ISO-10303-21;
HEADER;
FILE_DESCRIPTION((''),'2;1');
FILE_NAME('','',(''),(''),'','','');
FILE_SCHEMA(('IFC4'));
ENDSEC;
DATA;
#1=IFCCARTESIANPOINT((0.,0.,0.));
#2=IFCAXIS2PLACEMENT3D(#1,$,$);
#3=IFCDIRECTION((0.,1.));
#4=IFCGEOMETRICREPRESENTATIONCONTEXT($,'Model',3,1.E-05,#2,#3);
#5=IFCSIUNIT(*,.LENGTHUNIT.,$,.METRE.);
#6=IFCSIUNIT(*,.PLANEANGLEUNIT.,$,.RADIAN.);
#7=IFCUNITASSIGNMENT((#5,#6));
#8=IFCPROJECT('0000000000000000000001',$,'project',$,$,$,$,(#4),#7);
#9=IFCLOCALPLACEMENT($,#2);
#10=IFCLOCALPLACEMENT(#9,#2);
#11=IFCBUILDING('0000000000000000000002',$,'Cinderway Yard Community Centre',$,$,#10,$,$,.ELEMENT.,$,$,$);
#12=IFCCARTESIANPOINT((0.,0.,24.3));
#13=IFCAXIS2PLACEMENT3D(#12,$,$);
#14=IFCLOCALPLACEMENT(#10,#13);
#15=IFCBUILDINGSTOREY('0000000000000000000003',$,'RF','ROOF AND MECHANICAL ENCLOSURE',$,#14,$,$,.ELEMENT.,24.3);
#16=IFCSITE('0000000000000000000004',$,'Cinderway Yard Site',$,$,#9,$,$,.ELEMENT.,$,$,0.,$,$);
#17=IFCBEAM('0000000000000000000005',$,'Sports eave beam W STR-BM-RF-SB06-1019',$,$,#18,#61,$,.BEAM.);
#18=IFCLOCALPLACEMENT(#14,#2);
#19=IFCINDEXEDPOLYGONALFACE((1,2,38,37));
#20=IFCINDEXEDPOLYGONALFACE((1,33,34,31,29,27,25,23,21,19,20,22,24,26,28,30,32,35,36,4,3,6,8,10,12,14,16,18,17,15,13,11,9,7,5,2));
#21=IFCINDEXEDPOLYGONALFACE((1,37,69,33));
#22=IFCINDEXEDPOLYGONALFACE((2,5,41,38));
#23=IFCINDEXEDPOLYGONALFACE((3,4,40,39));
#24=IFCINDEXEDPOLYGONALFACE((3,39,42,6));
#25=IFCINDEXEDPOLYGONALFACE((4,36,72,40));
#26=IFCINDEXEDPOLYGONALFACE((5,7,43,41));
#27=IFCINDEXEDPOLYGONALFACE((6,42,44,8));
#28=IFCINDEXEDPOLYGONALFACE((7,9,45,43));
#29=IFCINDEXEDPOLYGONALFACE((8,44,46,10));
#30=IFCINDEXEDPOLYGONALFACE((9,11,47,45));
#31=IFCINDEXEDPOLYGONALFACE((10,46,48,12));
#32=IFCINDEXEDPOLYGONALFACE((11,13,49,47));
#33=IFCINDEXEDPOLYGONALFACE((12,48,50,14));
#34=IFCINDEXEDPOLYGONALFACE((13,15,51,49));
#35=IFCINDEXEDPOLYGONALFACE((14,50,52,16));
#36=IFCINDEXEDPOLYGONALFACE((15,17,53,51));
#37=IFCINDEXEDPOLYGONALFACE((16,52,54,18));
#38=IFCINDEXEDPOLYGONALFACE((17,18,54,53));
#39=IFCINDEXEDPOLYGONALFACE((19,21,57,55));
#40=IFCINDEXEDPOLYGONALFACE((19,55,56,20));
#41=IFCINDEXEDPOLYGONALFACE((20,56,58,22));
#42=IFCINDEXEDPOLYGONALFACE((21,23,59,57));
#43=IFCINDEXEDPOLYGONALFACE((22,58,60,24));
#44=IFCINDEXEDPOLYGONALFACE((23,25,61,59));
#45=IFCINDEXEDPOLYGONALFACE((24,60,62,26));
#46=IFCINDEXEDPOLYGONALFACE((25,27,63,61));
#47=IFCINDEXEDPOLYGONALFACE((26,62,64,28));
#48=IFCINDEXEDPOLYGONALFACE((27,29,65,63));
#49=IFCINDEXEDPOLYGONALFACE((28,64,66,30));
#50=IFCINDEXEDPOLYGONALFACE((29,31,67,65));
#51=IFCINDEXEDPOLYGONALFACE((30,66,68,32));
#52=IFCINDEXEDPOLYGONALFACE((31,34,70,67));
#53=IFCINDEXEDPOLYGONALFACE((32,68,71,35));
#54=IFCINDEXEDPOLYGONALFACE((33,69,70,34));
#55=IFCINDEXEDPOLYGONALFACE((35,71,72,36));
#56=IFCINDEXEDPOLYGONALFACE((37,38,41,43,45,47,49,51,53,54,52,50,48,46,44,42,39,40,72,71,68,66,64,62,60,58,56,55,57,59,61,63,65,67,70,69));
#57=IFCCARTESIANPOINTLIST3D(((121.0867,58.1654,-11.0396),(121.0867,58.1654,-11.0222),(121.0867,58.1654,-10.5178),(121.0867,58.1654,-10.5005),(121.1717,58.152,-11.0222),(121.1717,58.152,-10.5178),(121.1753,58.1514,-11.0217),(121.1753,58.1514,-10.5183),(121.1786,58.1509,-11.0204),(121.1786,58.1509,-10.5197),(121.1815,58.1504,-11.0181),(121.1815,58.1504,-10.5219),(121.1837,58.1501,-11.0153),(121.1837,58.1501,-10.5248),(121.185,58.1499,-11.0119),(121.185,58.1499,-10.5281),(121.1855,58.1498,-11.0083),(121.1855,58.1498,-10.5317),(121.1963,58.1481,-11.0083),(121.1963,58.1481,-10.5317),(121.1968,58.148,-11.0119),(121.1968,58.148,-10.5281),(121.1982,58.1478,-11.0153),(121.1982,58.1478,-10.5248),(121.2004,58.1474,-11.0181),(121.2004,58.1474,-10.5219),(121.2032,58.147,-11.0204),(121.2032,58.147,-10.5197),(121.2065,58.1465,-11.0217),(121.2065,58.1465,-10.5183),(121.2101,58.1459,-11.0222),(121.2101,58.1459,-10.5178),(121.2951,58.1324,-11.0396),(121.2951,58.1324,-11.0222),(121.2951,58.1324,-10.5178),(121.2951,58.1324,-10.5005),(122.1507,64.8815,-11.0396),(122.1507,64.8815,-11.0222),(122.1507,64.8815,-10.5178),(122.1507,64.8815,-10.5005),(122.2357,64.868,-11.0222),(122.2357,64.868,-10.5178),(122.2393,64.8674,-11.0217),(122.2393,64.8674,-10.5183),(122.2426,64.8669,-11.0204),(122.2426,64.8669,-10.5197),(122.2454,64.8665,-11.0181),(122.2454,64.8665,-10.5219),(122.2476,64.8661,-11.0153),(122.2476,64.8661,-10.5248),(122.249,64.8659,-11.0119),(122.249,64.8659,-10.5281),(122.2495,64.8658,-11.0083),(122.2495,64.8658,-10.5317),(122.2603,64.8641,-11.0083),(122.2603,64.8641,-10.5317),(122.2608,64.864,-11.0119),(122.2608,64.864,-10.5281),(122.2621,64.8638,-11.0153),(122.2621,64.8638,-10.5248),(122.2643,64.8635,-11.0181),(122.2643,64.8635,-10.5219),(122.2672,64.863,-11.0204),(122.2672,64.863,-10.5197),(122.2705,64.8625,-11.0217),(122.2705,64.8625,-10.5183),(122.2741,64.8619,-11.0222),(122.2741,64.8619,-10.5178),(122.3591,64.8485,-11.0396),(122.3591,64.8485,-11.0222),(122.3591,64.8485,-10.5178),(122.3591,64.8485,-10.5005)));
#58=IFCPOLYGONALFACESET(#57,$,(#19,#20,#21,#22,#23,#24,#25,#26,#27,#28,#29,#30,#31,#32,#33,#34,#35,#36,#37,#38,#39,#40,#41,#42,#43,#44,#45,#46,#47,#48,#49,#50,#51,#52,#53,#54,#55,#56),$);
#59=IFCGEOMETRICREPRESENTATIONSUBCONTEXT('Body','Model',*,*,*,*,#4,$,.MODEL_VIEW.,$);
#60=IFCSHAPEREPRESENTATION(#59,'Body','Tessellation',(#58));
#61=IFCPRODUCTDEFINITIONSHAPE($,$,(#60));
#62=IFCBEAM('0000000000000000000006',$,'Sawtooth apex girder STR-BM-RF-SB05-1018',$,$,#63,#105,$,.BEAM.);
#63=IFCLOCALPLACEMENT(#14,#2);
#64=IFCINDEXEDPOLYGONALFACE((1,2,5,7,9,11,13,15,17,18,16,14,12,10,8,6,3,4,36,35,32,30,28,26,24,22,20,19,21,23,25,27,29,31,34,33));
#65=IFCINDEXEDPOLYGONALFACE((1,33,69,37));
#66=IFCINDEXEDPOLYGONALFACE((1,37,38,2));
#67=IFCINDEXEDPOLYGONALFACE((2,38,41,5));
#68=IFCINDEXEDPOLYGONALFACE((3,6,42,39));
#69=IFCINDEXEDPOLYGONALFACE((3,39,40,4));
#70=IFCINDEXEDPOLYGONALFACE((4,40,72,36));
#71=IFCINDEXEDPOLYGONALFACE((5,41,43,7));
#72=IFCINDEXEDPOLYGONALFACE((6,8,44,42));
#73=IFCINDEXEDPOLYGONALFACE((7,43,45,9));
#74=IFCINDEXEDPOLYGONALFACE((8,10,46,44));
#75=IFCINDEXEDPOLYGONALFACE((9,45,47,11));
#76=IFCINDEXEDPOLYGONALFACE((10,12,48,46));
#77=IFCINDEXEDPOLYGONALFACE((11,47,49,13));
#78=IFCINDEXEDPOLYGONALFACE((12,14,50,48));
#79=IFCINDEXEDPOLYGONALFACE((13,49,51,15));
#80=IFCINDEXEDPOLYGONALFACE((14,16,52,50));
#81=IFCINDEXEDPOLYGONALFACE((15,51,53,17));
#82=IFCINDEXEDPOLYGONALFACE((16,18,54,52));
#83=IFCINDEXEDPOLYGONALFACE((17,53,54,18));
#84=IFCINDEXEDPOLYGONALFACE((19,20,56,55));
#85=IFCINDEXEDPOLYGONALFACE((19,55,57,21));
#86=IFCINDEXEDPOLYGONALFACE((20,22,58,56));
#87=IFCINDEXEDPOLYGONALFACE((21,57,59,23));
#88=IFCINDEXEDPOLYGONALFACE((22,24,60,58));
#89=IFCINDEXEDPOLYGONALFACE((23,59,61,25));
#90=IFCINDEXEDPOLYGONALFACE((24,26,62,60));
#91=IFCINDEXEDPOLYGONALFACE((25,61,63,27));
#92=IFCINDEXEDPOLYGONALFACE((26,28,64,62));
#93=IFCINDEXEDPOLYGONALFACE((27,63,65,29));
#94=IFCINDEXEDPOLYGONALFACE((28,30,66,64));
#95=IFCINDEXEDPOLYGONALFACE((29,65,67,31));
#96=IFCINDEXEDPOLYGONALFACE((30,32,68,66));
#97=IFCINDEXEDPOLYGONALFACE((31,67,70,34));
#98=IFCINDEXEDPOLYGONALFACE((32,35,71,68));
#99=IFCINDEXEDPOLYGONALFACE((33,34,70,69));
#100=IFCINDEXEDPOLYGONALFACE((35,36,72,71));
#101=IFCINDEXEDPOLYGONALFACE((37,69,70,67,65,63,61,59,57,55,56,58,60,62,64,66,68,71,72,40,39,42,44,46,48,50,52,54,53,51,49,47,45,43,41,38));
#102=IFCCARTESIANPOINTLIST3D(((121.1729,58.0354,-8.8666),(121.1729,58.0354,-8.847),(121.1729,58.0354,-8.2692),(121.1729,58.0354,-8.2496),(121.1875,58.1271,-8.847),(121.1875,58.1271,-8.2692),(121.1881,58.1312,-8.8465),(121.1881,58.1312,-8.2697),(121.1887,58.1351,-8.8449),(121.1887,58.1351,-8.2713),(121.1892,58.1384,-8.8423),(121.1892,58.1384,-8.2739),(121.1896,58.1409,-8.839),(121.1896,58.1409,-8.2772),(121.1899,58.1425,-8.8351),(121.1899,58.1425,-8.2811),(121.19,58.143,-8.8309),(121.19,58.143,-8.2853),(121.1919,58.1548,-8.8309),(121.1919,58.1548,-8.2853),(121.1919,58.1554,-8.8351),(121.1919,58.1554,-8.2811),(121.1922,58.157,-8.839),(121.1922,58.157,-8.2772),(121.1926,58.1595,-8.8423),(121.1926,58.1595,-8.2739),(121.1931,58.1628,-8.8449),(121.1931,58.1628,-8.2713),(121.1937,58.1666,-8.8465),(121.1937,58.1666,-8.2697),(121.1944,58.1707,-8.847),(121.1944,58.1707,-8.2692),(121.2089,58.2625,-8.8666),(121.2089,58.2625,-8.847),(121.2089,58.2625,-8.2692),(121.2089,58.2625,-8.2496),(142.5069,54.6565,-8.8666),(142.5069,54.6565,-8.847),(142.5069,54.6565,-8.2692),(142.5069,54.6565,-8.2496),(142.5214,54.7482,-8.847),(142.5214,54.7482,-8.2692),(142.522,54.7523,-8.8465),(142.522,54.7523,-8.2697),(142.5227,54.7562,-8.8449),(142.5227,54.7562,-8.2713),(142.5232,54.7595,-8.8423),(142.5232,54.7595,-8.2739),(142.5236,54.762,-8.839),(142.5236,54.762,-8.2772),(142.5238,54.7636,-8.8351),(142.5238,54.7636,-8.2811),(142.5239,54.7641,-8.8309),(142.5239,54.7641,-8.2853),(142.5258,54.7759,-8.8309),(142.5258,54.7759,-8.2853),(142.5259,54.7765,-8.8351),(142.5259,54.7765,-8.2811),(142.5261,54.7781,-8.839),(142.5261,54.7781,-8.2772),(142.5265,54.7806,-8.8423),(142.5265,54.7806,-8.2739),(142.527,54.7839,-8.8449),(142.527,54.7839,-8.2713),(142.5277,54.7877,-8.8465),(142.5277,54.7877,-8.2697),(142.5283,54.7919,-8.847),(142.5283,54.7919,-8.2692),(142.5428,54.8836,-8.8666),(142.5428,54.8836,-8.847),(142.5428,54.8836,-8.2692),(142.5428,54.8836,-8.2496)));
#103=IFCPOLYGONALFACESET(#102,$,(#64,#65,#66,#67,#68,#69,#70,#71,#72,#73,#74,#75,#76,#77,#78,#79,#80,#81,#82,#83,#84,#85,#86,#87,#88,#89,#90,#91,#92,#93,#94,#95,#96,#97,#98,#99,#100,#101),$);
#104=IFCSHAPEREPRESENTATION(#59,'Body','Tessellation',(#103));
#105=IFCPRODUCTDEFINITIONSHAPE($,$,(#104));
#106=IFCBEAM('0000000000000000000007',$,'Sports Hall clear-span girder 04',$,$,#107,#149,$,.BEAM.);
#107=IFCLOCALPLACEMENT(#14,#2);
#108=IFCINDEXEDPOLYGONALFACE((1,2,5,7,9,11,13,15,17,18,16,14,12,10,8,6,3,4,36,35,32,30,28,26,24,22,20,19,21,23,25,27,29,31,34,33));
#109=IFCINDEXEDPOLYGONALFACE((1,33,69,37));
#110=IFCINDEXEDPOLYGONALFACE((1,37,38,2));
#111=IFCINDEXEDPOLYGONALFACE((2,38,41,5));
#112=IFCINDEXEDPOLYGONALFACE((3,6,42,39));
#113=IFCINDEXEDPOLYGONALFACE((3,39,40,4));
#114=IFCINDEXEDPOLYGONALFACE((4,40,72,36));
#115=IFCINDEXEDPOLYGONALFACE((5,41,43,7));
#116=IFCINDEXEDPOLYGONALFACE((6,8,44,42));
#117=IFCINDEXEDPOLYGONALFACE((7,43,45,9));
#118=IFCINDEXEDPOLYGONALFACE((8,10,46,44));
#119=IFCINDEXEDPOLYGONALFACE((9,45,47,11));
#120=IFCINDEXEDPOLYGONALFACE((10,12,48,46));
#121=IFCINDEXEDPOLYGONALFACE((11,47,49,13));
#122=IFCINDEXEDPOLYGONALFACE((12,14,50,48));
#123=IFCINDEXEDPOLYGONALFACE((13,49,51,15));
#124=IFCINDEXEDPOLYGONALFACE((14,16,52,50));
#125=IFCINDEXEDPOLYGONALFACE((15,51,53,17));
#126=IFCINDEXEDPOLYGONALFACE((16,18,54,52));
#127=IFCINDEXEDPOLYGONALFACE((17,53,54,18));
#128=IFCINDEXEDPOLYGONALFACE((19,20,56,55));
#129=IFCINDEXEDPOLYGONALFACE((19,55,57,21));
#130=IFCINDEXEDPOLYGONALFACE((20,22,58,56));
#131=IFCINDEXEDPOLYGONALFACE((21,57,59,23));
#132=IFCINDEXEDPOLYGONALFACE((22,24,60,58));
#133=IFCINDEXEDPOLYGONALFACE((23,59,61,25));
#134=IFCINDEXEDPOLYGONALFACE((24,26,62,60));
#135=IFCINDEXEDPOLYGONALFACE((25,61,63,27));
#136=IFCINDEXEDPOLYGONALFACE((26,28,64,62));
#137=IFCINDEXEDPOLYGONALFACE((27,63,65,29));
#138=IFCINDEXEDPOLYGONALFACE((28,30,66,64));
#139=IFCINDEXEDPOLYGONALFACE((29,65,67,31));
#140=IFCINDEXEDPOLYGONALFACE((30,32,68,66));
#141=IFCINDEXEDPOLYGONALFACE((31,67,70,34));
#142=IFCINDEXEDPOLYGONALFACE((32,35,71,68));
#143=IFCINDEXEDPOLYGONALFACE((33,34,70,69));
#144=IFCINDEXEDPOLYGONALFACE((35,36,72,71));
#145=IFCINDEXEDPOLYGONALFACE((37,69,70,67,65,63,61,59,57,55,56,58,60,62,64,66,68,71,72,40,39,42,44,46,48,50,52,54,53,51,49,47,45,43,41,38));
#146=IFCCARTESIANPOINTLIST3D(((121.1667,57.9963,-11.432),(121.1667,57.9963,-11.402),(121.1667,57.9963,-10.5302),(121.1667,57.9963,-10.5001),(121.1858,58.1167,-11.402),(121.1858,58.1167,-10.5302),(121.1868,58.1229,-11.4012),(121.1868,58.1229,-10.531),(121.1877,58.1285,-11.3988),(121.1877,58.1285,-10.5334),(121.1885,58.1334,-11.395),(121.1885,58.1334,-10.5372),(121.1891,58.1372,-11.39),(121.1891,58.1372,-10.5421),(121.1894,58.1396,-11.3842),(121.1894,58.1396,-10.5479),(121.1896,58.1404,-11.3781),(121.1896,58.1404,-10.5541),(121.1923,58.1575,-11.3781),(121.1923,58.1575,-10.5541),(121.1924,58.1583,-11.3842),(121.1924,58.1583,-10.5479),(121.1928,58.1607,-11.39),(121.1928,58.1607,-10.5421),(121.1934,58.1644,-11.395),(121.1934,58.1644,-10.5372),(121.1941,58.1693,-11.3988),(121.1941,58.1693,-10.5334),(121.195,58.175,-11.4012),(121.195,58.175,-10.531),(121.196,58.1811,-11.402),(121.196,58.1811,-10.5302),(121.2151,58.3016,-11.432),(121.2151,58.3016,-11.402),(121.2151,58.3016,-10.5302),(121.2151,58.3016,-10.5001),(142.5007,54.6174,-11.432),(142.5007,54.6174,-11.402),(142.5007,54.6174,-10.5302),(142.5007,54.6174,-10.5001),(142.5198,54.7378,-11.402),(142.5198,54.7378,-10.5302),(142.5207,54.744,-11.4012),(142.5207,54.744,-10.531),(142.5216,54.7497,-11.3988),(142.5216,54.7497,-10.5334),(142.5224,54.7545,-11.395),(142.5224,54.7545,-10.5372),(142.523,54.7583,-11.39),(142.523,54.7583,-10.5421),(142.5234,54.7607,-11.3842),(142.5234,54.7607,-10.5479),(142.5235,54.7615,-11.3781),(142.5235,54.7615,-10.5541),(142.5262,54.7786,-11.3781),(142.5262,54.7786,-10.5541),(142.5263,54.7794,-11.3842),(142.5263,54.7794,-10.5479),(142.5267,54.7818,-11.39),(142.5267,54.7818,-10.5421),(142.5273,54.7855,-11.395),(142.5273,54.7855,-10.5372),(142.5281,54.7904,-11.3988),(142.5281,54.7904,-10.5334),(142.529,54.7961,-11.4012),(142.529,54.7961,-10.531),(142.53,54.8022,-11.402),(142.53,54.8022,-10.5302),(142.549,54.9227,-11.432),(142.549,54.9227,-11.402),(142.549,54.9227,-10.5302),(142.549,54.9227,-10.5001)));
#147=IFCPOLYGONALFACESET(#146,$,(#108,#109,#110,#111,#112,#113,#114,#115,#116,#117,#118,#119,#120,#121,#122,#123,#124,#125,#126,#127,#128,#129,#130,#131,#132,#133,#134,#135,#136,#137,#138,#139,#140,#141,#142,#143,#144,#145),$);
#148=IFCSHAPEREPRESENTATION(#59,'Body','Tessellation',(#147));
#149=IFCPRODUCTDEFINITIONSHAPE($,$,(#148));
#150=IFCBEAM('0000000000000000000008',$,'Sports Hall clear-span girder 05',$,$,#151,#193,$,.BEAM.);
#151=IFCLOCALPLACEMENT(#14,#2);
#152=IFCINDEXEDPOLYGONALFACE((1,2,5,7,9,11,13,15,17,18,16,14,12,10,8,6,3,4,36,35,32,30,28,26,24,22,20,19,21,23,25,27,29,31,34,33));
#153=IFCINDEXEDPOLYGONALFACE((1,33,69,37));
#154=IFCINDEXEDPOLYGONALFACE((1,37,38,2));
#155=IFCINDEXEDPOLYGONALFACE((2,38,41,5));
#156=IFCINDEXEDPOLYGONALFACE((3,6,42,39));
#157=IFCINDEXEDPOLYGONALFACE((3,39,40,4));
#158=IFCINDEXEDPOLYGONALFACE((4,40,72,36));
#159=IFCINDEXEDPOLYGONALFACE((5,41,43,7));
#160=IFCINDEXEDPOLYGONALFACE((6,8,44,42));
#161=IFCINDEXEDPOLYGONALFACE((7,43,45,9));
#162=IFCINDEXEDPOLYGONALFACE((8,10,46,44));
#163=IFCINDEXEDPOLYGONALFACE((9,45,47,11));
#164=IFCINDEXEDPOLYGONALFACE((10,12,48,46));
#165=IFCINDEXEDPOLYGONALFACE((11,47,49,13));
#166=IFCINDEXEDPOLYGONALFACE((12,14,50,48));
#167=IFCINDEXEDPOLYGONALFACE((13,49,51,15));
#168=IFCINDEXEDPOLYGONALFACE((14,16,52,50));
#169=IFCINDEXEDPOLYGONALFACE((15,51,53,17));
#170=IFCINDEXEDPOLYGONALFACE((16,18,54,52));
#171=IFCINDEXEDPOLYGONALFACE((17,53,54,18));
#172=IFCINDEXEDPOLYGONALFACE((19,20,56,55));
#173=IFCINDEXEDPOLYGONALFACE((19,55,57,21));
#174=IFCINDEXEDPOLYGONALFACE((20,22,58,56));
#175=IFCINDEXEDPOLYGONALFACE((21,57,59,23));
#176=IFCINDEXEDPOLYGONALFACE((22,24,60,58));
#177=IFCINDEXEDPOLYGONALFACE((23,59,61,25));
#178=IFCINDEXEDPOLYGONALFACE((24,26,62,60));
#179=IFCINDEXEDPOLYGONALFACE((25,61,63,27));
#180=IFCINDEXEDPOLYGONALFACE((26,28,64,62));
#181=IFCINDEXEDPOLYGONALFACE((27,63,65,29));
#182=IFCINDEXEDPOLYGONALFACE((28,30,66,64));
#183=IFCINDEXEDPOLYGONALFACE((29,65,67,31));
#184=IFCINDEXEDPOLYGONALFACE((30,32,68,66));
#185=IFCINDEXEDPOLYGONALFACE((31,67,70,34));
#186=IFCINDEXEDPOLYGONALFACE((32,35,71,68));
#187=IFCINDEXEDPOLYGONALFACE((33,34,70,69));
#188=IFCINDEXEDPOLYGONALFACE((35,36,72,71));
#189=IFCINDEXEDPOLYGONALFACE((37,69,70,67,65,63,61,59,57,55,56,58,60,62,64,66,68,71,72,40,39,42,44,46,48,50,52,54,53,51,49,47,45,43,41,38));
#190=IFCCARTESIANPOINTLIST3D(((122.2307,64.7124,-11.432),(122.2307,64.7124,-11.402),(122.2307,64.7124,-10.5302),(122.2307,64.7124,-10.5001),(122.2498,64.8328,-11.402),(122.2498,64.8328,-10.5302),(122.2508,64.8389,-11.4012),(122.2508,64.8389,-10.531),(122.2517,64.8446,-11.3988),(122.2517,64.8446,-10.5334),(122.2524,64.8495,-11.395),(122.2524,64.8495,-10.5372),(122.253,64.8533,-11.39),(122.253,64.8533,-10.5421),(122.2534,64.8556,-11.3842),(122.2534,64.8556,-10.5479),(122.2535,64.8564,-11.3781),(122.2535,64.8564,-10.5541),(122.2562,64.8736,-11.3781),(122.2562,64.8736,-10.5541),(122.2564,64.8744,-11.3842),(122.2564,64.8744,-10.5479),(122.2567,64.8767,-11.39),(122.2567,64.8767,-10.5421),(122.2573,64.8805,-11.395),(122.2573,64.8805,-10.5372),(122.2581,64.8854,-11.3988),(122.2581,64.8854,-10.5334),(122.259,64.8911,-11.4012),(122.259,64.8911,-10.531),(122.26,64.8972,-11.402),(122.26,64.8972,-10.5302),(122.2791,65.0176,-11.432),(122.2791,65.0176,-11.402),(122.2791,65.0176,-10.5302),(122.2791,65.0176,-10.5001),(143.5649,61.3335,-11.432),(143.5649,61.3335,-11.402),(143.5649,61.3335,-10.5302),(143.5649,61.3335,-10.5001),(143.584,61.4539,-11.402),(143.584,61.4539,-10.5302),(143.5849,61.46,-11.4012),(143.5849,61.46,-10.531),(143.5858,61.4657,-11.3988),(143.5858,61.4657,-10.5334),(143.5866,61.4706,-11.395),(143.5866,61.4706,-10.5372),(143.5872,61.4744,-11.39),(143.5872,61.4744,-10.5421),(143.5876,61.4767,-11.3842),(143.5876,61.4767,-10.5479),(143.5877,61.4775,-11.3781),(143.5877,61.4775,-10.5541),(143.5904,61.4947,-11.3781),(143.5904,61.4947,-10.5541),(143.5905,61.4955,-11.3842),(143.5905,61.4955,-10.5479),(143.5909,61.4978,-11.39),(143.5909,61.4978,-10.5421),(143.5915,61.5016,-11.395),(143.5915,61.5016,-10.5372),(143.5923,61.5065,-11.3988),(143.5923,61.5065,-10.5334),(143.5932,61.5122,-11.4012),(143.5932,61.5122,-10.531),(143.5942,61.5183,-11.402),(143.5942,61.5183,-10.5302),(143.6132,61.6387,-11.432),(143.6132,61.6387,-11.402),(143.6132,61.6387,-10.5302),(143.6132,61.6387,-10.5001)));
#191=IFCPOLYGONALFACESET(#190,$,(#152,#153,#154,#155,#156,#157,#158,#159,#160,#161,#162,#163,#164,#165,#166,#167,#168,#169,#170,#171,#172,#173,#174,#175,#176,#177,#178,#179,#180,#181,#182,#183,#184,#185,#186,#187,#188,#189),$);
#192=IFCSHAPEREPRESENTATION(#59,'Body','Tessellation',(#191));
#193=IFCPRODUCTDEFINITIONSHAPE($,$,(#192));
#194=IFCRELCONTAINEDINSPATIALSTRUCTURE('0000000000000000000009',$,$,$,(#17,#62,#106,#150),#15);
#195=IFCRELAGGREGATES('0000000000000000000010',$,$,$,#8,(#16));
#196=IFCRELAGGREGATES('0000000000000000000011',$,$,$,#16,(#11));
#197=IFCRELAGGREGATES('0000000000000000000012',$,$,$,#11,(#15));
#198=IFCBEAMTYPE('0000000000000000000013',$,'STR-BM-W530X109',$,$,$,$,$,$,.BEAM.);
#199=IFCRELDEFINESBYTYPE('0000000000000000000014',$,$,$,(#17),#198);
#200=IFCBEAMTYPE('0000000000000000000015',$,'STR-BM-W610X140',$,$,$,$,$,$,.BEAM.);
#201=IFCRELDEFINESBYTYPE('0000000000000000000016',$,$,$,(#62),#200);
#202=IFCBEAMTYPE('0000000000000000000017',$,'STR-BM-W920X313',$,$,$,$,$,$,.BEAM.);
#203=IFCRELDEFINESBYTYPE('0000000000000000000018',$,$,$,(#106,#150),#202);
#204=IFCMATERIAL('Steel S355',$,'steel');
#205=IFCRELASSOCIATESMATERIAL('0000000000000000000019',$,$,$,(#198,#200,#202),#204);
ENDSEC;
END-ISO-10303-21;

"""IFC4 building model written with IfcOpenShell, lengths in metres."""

from ifc_helpers import new_model, si_unit, direction, frame, origin, origin_2d, place, context, subcontext, project, spatial, i_section, extrude, material, material_profile, profile_set, type_object, element, save


model = new_model("IFC4")

# Units and contexts
model_context = context("Model", 3, precision=1e-05, world=origin(), true_north=direction((0.0, 1.0)))
body_context = subcontext(model_context, "Body", "Model", "MODEL_VIEW")
ifc_project = project(units=[si_unit("LENGTHUNIT", "METRE"), si_unit("PLANEANGLEUNIT", "RADIAN")], contexts=[model_context])

# Site, building, storey
site_placement = place(None, origin())
site = spatial("IfcSite", under=ifc_project, at=site_placement, Name="Cinderway Yard Site", CompositionType="ELEMENT", RefElevation=0.0)
building_placement = place(site_placement, origin())
building = spatial("IfcBuilding", under=site, at=building_placement, Name="Cinderway Yard Community Centre", CompositionType="ELEMENT")
storey_placement = place(building_placement, frame((0.0, 0.0, 24.3)))
storey = spatial("IfcBuildingStorey", under=building, at=storey_placement, Name="RF", Description="ROOF AND MECHANICAL ENCLOSURE", CompositionType="ELEMENT", Elevation=24.3)

# Shared definitions
ifc_material_1 = material(Name="Steel S355", Category="steel")

# Beams
ifc_material_profile_1 = material_profile(ifc_material_1, i_section(OverallWidth=0.2109, OverallDepth=0.5391, WebThickness=0.011, FlangeThickness=0.0173, FilletRadius=0.0139, at=origin_2d()), Name="Steel S355")
ifc_profile_set_1 = profile_set([ifc_material_profile_1], Name="Steel S355")
beam_type_1 = type_object("IfcBeamType", Name="STR-BM-W530X109", PredefinedType="BEAM", material=ifc_profile_set_1)
beam_1_placement = place(storey_placement, frame((121.1909, 58.1489, -10.77), z_axis=(0.15647, 0.987683, 0.0), x_axis=(-0.987683, 0.15647, 0.0)))
element("IfcBeam", 1, at=beam_1_placement, inside=storey, type_object=beam_type_1, Name="Sports eave beam W STR-BM-RF-SB06-1019", PredefinedType="BEAM", context=body_context, shape_type="SweptSolid", body=[
    extrude(i_section(OverallWidth=0.2109, OverallDepth=0.5391, WebThickness=0.011, FlangeThickness=0.0173, FilletRadius=0.0139, at=origin_2d()), origin(), (0.0, 0.0, 1.0), 6.7998),
])
ifc_material_profile_2 = material_profile(ifc_material_1, i_section(OverallWidth=0.23, OverallDepth=0.6169, WebThickness=0.012, FlangeThickness=0.0195, FilletRadius=0.0161, at=origin_2d()), Name="Steel S355")
ifc_profile_set_2 = profile_set([ifc_material_profile_2], Name="Steel S355")
beam_type_2 = type_object("IfcBeamType", Name="STR-BM-W610X140", PredefinedType="BEAM", material=ifc_profile_set_2)
beam_2_placement = place(storey_placement, frame((121.1909, 58.1489, -8.5581), z_axis=(0.987689, -0.156432, 0.0), x_axis=(0.156432, 0.987689, 0.0)))
element("IfcBeam", 2, at=beam_2_placement, inside=storey, type_object=beam_type_2, Name="Sawtooth apex girder STR-BM-RF-SB05-1018", PredefinedType="BEAM", context=body_context, shape_type="SweptSolid", body=[
    extrude(i_section(OverallWidth=0.23, OverallDepth=0.6169, WebThickness=0.012, FlangeThickness=0.0195, FilletRadius=0.0161, at=origin_2d()), origin(), (0.0, 0.0, 1.0), 21.5999),
])
ifc_material_profile_3 = material_profile(ifc_material_1, i_section(OverallWidth=0.3091, OverallDepth=0.9319, WebThickness=0.0173, FlangeThickness=0.03, FilletRadius=0.0239, at=origin_2d()), Name="Steel S355")
ifc_profile_set_3 = profile_set([ifc_material_profile_3], Name="Steel S355")
beam_type_3 = type_object("IfcBeamType", Name="STR-BM-W920X313", PredefinedType="BEAM", material=ifc_profile_set_3)
beam_3_placement = place(storey_placement, frame((121.1909, 58.1489, -10.9661), z_axis=(0.987689, -0.156432, 0.0), x_axis=(0.156432, 0.987689, 0.0)))
element("IfcBeam", 3, at=beam_3_placement, inside=storey, type_object=beam_type_3, Name="Sports Hall clear-span girder 04", PredefinedType="BEAM", context=body_context, shape_type="SweptSolid", body=[
    extrude(i_section(OverallWidth=0.3091, OverallDepth=0.9319, WebThickness=0.0173, FlangeThickness=0.03, FilletRadius=0.0239, at=origin_2d()), origin(), (0.0, 0.0, 1.0), 21.5999),
])
beam_4_placement = place(storey_placement, frame((122.2549, 64.865, -10.9661), z_axis=(0.987689, -0.15643, 0.0), x_axis=(0.15643, 0.987689, 0.0)))
element("IfcBeam", 4, at=beam_4_placement, inside=storey, type_object=beam_type_3, Name="Sports Hall clear-span girder 05", PredefinedType="BEAM", context=body_context, shape_type="SweptSolid", body=[
    extrude(i_section(OverallWidth=0.3091, OverallDepth=0.9319, WebThickness=0.0173, FlangeThickness=0.03, FilletRadius=0.0239, at=origin_2d()), origin(), (0.0, 0.0, 1.0), 21.6001),
])

save(model, "model.ifc")
